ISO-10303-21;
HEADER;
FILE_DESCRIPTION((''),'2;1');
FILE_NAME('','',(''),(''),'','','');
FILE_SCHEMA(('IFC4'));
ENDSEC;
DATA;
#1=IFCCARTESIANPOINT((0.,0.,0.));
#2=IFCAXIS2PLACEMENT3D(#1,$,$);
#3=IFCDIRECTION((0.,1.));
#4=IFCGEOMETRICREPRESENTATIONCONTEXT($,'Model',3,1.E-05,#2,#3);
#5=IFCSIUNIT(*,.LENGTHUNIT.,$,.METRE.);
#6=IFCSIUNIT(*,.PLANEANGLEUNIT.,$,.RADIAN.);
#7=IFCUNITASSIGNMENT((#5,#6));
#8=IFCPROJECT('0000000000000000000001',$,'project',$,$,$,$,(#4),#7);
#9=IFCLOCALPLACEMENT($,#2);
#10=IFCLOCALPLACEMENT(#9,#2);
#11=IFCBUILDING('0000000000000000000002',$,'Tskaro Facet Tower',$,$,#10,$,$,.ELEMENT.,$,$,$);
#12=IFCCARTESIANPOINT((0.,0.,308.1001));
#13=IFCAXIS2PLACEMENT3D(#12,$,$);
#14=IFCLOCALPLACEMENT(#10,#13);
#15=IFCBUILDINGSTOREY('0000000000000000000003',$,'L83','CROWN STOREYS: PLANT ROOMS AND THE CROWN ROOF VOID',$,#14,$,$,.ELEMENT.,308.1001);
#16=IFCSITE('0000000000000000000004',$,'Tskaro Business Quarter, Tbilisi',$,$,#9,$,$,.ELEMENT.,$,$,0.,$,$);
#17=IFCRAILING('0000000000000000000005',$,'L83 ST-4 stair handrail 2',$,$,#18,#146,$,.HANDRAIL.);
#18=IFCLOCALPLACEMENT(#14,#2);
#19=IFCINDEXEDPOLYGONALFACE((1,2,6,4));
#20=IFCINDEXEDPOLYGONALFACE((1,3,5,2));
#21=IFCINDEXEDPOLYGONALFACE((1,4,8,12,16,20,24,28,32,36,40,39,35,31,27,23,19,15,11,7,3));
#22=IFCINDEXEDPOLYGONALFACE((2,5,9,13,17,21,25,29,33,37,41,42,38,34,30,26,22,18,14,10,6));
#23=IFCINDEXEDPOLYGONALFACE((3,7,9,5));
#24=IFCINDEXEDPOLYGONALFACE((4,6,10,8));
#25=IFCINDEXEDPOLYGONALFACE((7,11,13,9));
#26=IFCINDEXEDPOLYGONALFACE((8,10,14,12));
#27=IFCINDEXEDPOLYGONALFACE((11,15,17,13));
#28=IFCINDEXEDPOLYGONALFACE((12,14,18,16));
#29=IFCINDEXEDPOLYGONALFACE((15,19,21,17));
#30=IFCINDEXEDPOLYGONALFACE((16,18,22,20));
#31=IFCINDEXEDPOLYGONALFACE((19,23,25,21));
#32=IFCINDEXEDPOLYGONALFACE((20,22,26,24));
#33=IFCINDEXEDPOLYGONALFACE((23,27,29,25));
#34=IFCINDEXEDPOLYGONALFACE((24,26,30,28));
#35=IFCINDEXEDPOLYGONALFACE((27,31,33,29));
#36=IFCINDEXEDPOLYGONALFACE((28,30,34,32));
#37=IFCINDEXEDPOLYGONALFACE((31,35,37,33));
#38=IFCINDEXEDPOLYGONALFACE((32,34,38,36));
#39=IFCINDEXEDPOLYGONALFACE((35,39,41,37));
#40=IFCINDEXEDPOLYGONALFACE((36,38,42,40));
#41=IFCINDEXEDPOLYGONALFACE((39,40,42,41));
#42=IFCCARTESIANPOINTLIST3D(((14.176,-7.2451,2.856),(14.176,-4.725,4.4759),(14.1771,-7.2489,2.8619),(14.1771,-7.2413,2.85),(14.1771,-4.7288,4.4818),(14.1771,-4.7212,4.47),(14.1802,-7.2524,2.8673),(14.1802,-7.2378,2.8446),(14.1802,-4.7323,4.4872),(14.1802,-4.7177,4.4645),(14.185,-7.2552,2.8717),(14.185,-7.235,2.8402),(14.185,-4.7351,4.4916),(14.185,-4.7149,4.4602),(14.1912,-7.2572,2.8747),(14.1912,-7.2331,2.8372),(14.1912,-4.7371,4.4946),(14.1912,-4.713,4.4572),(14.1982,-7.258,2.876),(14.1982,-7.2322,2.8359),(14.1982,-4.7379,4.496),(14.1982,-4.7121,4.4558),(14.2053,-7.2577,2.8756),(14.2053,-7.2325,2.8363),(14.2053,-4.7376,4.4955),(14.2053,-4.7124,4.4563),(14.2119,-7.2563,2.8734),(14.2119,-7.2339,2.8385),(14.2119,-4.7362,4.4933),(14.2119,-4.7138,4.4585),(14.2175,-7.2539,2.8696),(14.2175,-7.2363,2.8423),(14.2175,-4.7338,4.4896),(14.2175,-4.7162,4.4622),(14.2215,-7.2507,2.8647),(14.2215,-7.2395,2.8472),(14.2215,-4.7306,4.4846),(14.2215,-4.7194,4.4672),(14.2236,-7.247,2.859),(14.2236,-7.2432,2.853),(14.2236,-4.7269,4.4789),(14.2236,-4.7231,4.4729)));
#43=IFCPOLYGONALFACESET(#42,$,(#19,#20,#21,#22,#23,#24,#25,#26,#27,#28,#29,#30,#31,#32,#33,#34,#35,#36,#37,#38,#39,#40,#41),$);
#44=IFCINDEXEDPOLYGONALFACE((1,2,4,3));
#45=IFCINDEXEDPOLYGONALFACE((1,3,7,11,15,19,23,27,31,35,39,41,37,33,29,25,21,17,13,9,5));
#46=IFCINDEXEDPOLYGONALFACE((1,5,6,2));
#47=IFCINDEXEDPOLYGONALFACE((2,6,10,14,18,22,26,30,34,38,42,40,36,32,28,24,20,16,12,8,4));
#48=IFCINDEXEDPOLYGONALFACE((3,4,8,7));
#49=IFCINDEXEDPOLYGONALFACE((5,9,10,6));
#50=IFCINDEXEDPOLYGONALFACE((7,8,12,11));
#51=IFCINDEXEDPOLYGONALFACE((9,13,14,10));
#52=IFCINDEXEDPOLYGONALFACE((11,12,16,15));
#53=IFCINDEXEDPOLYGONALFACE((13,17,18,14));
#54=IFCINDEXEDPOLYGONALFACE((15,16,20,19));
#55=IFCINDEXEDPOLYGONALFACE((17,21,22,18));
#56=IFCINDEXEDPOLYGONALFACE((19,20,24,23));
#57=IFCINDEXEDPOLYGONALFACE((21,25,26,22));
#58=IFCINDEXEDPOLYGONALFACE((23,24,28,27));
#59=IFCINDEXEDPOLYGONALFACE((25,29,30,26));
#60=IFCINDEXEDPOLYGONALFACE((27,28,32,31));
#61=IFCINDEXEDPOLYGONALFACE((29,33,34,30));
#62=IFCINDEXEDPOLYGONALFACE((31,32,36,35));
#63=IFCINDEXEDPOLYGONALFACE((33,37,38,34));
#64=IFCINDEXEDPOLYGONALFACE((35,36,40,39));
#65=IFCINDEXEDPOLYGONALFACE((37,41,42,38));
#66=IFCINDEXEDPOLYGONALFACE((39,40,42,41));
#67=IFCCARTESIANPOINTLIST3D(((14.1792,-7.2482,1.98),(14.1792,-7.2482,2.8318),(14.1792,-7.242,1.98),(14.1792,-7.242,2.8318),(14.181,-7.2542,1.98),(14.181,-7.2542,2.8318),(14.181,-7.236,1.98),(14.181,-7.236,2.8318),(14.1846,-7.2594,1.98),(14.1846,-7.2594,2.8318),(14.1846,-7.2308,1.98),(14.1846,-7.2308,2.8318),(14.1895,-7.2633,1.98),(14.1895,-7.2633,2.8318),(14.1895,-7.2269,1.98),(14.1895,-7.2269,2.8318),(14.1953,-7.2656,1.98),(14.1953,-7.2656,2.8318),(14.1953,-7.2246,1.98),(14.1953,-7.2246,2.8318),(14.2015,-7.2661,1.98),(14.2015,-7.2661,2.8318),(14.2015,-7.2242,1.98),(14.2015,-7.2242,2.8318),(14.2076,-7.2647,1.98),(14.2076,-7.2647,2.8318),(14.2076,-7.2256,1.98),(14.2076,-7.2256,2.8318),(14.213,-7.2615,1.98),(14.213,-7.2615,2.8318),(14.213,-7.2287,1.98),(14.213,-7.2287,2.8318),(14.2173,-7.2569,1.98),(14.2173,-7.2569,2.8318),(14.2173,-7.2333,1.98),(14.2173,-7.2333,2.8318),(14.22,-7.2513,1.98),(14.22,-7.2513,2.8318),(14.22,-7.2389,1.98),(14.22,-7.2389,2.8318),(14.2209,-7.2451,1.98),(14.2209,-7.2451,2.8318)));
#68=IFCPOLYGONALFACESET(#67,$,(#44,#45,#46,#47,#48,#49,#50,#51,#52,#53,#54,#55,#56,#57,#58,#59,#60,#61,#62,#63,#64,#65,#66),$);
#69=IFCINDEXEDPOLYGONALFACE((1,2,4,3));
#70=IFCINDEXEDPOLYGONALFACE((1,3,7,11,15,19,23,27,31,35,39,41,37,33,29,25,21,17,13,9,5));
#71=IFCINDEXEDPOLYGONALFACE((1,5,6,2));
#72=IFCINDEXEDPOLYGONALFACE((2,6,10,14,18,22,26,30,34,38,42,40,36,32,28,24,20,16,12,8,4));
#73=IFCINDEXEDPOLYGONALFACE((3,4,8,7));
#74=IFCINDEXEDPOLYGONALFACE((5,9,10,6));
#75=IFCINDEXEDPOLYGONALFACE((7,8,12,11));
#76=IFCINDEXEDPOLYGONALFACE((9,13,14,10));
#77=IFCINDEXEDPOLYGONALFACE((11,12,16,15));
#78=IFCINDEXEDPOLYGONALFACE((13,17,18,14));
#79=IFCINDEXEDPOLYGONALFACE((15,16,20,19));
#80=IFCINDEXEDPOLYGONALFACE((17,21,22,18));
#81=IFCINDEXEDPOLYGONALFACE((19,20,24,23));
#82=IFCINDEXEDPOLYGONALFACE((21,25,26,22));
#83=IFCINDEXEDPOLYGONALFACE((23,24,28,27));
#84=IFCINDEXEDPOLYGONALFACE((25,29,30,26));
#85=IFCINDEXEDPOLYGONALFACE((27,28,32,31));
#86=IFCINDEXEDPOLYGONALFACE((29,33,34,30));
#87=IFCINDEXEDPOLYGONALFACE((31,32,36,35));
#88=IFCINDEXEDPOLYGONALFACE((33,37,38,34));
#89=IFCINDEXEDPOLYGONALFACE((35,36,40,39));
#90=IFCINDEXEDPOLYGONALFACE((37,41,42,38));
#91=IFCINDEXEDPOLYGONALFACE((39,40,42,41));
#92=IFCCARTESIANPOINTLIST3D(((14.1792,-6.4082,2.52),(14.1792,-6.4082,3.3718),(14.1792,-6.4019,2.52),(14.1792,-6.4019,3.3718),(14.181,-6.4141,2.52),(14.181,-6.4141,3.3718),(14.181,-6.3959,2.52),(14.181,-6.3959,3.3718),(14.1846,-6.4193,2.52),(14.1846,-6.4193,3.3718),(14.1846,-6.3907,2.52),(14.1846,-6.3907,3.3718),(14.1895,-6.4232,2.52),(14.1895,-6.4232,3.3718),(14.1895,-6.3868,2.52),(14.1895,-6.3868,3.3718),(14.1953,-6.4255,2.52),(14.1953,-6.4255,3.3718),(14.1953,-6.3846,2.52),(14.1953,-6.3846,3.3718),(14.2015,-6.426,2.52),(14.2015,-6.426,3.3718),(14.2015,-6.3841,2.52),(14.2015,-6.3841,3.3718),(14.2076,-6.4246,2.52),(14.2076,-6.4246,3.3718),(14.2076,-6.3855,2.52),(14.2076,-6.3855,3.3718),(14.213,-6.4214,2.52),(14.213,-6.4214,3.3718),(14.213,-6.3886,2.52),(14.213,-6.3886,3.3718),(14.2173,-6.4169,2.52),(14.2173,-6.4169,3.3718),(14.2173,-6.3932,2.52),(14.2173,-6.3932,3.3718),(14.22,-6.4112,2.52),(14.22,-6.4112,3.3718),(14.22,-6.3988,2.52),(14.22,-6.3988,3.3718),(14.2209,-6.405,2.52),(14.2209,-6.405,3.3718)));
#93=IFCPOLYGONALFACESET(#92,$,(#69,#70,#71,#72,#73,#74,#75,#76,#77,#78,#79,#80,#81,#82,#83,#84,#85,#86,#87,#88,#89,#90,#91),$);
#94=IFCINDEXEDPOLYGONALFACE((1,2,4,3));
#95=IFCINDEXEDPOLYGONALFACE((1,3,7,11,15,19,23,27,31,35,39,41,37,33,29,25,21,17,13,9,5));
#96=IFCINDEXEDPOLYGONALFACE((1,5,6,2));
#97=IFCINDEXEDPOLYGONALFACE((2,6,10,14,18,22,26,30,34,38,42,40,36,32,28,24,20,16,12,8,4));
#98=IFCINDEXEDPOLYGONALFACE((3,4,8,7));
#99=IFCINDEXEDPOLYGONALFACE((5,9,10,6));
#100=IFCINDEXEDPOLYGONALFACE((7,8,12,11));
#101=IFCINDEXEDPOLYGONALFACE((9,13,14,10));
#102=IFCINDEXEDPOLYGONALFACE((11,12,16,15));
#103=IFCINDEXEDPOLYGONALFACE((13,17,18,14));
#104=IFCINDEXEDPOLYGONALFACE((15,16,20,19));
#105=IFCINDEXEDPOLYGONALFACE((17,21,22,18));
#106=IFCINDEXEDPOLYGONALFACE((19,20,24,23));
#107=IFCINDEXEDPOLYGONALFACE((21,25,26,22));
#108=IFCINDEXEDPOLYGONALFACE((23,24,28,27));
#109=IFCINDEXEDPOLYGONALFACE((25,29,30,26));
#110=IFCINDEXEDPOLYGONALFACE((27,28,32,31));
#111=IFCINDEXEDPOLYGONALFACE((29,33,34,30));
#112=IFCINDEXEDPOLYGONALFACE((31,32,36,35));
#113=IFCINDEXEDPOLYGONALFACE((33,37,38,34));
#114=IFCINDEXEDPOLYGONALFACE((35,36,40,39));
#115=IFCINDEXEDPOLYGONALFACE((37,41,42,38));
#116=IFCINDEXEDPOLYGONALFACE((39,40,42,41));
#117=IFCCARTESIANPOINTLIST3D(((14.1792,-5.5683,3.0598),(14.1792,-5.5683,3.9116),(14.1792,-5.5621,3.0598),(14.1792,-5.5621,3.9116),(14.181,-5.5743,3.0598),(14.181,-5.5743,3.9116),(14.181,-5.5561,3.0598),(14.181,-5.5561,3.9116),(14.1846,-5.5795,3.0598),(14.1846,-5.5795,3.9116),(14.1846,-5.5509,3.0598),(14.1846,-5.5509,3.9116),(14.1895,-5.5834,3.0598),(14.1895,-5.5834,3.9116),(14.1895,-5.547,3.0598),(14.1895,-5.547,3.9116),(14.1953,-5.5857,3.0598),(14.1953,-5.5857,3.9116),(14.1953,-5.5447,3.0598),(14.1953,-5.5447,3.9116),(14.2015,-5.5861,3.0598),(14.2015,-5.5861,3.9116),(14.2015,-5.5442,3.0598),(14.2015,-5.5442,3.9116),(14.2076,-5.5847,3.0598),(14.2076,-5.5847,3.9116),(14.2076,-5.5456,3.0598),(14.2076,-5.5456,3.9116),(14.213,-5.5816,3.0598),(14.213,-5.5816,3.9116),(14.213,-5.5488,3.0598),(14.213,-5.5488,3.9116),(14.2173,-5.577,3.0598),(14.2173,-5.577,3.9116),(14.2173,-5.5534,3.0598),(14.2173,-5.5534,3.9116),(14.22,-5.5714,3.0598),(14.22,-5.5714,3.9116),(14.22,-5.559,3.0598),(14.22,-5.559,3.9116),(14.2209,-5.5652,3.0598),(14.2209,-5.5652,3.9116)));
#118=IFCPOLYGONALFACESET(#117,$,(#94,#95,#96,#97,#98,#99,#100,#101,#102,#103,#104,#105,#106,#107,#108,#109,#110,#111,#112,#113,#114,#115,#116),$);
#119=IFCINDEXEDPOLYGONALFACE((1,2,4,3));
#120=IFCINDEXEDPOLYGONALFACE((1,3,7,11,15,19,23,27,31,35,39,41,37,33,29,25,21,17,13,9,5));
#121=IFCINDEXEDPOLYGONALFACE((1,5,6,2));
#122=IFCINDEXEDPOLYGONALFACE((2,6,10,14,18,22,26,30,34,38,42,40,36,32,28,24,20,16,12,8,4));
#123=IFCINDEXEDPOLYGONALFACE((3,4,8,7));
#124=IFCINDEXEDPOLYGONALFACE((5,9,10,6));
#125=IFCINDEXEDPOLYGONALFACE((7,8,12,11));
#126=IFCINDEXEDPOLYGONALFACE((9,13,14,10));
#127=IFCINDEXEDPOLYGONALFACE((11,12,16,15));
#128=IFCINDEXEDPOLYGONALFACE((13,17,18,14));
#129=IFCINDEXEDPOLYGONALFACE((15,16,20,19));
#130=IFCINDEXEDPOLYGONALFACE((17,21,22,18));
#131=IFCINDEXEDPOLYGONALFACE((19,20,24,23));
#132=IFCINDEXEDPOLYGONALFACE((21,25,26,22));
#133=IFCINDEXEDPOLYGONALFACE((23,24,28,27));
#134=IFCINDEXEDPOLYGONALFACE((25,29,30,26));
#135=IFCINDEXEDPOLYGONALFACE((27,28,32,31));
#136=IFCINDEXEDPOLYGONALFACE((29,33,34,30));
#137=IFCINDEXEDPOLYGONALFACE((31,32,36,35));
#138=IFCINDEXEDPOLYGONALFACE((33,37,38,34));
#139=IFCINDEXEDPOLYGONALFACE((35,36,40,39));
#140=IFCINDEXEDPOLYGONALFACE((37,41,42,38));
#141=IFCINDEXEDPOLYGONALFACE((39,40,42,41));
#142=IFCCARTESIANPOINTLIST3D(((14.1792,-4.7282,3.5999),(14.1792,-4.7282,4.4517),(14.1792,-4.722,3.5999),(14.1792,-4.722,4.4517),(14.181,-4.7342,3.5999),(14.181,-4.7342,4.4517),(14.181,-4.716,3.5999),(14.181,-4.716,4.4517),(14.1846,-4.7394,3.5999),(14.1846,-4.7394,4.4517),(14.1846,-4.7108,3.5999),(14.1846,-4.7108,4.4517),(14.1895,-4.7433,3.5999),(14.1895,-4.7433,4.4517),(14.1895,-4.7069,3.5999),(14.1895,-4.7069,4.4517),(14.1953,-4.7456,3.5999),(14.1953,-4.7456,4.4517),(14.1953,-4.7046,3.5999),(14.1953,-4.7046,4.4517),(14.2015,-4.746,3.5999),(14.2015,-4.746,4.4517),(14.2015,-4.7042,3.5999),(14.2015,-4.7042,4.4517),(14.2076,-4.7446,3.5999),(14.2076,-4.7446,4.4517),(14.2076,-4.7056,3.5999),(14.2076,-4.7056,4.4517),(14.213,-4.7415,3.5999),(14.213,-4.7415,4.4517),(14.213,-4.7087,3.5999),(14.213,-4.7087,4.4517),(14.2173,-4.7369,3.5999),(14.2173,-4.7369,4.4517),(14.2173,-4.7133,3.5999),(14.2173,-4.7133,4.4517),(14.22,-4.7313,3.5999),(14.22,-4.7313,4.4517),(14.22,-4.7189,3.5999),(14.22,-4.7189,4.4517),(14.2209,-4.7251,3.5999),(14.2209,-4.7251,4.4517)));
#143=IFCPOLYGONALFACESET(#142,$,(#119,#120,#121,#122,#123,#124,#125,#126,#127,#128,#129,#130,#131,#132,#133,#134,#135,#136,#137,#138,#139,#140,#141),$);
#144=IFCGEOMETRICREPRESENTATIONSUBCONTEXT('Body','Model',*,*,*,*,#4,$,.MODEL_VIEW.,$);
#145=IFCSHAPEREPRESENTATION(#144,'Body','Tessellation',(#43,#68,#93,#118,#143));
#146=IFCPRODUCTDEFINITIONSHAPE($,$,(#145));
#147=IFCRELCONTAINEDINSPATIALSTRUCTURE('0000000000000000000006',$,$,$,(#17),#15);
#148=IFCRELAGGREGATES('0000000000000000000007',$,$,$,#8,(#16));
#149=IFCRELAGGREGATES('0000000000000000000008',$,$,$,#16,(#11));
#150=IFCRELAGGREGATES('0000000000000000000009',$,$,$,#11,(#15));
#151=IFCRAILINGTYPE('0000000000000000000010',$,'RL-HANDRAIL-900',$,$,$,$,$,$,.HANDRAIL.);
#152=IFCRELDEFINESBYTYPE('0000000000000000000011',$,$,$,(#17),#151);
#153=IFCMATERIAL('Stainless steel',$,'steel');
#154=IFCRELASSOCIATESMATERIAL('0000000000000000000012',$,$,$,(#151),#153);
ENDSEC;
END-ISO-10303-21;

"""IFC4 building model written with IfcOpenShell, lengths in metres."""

from ifc_helpers import new_model, si_unit, direction, frame, origin, origin_2d, place, context, subcontext, project, spatial, circle, extrude, material, type_object, element, save


model = new_model("IFC4")

# Units and contexts
model_context = context("Model", 3, precision=1e-05, world=origin(), true_north=direction((0.0, 1.0)))
body_context = subcontext(model_context, "Body", "Model", "MODEL_VIEW")
ifc_project = project(units=[si_unit("LENGTHUNIT", "METRE"), si_unit("PLANEANGLEUNIT", "RADIAN")], contexts=[model_context])

# Site, building, storey
site_placement = place(None, origin())
site = spatial("IfcSite", under=ifc_project, at=site_placement, Name="Tskaro Business Quarter, Tbilisi", CompositionType="ELEMENT", RefElevation=0.0)
building_placement = place(site_placement, origin())
building = spatial("IfcBuilding", under=site, at=building_placement, Name="Tskaro Facet Tower", CompositionType="ELEMENT")
storey_placement = place(building_placement, frame((0.0, 0.0, 308.1001)))
storey = spatial("IfcBuildingStorey", under=building, at=storey_placement, Name="L83", Description="CROWN STOREYS: PLANT ROOMS AND THE CROWN ROOF VOID", CompositionType="ELEMENT", Elevation=308.1001)

# Railing
ifc_material_1 = material(Name="Stainless steel", Category="steel")
railing_type_1 = type_object("IfcRailingType", Name="RL-HANDRAIL-900", PredefinedType="HANDRAIL", material=ifc_material_1)
for number, where, name in (
    (1, (14.2, -7.2451, 1.98), "L83 ST-4 stair handrail 2"),
):
    element("IfcRailing", number, at=place(storey_placement, frame(where)), inside=storey, type_object=railing_type_1, Name=name, PredefinedType="HANDRAIL", context=body_context, shape_type="SweptSolid", body=[
        extrude(circle(Radius=0.0239, at=origin_2d()), frame((0.0, 0.0, 0.876), z_axis=(0.0, 0.8412, 0.540725), x_axis=(-1.0, 0.0, 0.0)), (0.0, 0.0, 1.0), 2.9958),
        extrude(circle(Radius=0.021, at=origin_2d()), origin(), (0.0, 0.0, 1.0), 0.8518),
        extrude(circle(Radius=0.021, at=origin_2d()), frame((0.0, 0.8401, 0.54)), (0.0, 0.0, 1.0), 0.8518),
        extrude(circle(Radius=0.021, at=origin_2d()), frame((0.0, 1.6799, 1.0798)), (0.0, 0.0, 1.0), 0.8518),
        extrude(circle(Radius=0.021, at=origin_2d()), frame((0.0, 2.52, 1.6199)), (0.0, 0.0, 1.0), 0.8518),
    ])

save(model, "model.ifc")
